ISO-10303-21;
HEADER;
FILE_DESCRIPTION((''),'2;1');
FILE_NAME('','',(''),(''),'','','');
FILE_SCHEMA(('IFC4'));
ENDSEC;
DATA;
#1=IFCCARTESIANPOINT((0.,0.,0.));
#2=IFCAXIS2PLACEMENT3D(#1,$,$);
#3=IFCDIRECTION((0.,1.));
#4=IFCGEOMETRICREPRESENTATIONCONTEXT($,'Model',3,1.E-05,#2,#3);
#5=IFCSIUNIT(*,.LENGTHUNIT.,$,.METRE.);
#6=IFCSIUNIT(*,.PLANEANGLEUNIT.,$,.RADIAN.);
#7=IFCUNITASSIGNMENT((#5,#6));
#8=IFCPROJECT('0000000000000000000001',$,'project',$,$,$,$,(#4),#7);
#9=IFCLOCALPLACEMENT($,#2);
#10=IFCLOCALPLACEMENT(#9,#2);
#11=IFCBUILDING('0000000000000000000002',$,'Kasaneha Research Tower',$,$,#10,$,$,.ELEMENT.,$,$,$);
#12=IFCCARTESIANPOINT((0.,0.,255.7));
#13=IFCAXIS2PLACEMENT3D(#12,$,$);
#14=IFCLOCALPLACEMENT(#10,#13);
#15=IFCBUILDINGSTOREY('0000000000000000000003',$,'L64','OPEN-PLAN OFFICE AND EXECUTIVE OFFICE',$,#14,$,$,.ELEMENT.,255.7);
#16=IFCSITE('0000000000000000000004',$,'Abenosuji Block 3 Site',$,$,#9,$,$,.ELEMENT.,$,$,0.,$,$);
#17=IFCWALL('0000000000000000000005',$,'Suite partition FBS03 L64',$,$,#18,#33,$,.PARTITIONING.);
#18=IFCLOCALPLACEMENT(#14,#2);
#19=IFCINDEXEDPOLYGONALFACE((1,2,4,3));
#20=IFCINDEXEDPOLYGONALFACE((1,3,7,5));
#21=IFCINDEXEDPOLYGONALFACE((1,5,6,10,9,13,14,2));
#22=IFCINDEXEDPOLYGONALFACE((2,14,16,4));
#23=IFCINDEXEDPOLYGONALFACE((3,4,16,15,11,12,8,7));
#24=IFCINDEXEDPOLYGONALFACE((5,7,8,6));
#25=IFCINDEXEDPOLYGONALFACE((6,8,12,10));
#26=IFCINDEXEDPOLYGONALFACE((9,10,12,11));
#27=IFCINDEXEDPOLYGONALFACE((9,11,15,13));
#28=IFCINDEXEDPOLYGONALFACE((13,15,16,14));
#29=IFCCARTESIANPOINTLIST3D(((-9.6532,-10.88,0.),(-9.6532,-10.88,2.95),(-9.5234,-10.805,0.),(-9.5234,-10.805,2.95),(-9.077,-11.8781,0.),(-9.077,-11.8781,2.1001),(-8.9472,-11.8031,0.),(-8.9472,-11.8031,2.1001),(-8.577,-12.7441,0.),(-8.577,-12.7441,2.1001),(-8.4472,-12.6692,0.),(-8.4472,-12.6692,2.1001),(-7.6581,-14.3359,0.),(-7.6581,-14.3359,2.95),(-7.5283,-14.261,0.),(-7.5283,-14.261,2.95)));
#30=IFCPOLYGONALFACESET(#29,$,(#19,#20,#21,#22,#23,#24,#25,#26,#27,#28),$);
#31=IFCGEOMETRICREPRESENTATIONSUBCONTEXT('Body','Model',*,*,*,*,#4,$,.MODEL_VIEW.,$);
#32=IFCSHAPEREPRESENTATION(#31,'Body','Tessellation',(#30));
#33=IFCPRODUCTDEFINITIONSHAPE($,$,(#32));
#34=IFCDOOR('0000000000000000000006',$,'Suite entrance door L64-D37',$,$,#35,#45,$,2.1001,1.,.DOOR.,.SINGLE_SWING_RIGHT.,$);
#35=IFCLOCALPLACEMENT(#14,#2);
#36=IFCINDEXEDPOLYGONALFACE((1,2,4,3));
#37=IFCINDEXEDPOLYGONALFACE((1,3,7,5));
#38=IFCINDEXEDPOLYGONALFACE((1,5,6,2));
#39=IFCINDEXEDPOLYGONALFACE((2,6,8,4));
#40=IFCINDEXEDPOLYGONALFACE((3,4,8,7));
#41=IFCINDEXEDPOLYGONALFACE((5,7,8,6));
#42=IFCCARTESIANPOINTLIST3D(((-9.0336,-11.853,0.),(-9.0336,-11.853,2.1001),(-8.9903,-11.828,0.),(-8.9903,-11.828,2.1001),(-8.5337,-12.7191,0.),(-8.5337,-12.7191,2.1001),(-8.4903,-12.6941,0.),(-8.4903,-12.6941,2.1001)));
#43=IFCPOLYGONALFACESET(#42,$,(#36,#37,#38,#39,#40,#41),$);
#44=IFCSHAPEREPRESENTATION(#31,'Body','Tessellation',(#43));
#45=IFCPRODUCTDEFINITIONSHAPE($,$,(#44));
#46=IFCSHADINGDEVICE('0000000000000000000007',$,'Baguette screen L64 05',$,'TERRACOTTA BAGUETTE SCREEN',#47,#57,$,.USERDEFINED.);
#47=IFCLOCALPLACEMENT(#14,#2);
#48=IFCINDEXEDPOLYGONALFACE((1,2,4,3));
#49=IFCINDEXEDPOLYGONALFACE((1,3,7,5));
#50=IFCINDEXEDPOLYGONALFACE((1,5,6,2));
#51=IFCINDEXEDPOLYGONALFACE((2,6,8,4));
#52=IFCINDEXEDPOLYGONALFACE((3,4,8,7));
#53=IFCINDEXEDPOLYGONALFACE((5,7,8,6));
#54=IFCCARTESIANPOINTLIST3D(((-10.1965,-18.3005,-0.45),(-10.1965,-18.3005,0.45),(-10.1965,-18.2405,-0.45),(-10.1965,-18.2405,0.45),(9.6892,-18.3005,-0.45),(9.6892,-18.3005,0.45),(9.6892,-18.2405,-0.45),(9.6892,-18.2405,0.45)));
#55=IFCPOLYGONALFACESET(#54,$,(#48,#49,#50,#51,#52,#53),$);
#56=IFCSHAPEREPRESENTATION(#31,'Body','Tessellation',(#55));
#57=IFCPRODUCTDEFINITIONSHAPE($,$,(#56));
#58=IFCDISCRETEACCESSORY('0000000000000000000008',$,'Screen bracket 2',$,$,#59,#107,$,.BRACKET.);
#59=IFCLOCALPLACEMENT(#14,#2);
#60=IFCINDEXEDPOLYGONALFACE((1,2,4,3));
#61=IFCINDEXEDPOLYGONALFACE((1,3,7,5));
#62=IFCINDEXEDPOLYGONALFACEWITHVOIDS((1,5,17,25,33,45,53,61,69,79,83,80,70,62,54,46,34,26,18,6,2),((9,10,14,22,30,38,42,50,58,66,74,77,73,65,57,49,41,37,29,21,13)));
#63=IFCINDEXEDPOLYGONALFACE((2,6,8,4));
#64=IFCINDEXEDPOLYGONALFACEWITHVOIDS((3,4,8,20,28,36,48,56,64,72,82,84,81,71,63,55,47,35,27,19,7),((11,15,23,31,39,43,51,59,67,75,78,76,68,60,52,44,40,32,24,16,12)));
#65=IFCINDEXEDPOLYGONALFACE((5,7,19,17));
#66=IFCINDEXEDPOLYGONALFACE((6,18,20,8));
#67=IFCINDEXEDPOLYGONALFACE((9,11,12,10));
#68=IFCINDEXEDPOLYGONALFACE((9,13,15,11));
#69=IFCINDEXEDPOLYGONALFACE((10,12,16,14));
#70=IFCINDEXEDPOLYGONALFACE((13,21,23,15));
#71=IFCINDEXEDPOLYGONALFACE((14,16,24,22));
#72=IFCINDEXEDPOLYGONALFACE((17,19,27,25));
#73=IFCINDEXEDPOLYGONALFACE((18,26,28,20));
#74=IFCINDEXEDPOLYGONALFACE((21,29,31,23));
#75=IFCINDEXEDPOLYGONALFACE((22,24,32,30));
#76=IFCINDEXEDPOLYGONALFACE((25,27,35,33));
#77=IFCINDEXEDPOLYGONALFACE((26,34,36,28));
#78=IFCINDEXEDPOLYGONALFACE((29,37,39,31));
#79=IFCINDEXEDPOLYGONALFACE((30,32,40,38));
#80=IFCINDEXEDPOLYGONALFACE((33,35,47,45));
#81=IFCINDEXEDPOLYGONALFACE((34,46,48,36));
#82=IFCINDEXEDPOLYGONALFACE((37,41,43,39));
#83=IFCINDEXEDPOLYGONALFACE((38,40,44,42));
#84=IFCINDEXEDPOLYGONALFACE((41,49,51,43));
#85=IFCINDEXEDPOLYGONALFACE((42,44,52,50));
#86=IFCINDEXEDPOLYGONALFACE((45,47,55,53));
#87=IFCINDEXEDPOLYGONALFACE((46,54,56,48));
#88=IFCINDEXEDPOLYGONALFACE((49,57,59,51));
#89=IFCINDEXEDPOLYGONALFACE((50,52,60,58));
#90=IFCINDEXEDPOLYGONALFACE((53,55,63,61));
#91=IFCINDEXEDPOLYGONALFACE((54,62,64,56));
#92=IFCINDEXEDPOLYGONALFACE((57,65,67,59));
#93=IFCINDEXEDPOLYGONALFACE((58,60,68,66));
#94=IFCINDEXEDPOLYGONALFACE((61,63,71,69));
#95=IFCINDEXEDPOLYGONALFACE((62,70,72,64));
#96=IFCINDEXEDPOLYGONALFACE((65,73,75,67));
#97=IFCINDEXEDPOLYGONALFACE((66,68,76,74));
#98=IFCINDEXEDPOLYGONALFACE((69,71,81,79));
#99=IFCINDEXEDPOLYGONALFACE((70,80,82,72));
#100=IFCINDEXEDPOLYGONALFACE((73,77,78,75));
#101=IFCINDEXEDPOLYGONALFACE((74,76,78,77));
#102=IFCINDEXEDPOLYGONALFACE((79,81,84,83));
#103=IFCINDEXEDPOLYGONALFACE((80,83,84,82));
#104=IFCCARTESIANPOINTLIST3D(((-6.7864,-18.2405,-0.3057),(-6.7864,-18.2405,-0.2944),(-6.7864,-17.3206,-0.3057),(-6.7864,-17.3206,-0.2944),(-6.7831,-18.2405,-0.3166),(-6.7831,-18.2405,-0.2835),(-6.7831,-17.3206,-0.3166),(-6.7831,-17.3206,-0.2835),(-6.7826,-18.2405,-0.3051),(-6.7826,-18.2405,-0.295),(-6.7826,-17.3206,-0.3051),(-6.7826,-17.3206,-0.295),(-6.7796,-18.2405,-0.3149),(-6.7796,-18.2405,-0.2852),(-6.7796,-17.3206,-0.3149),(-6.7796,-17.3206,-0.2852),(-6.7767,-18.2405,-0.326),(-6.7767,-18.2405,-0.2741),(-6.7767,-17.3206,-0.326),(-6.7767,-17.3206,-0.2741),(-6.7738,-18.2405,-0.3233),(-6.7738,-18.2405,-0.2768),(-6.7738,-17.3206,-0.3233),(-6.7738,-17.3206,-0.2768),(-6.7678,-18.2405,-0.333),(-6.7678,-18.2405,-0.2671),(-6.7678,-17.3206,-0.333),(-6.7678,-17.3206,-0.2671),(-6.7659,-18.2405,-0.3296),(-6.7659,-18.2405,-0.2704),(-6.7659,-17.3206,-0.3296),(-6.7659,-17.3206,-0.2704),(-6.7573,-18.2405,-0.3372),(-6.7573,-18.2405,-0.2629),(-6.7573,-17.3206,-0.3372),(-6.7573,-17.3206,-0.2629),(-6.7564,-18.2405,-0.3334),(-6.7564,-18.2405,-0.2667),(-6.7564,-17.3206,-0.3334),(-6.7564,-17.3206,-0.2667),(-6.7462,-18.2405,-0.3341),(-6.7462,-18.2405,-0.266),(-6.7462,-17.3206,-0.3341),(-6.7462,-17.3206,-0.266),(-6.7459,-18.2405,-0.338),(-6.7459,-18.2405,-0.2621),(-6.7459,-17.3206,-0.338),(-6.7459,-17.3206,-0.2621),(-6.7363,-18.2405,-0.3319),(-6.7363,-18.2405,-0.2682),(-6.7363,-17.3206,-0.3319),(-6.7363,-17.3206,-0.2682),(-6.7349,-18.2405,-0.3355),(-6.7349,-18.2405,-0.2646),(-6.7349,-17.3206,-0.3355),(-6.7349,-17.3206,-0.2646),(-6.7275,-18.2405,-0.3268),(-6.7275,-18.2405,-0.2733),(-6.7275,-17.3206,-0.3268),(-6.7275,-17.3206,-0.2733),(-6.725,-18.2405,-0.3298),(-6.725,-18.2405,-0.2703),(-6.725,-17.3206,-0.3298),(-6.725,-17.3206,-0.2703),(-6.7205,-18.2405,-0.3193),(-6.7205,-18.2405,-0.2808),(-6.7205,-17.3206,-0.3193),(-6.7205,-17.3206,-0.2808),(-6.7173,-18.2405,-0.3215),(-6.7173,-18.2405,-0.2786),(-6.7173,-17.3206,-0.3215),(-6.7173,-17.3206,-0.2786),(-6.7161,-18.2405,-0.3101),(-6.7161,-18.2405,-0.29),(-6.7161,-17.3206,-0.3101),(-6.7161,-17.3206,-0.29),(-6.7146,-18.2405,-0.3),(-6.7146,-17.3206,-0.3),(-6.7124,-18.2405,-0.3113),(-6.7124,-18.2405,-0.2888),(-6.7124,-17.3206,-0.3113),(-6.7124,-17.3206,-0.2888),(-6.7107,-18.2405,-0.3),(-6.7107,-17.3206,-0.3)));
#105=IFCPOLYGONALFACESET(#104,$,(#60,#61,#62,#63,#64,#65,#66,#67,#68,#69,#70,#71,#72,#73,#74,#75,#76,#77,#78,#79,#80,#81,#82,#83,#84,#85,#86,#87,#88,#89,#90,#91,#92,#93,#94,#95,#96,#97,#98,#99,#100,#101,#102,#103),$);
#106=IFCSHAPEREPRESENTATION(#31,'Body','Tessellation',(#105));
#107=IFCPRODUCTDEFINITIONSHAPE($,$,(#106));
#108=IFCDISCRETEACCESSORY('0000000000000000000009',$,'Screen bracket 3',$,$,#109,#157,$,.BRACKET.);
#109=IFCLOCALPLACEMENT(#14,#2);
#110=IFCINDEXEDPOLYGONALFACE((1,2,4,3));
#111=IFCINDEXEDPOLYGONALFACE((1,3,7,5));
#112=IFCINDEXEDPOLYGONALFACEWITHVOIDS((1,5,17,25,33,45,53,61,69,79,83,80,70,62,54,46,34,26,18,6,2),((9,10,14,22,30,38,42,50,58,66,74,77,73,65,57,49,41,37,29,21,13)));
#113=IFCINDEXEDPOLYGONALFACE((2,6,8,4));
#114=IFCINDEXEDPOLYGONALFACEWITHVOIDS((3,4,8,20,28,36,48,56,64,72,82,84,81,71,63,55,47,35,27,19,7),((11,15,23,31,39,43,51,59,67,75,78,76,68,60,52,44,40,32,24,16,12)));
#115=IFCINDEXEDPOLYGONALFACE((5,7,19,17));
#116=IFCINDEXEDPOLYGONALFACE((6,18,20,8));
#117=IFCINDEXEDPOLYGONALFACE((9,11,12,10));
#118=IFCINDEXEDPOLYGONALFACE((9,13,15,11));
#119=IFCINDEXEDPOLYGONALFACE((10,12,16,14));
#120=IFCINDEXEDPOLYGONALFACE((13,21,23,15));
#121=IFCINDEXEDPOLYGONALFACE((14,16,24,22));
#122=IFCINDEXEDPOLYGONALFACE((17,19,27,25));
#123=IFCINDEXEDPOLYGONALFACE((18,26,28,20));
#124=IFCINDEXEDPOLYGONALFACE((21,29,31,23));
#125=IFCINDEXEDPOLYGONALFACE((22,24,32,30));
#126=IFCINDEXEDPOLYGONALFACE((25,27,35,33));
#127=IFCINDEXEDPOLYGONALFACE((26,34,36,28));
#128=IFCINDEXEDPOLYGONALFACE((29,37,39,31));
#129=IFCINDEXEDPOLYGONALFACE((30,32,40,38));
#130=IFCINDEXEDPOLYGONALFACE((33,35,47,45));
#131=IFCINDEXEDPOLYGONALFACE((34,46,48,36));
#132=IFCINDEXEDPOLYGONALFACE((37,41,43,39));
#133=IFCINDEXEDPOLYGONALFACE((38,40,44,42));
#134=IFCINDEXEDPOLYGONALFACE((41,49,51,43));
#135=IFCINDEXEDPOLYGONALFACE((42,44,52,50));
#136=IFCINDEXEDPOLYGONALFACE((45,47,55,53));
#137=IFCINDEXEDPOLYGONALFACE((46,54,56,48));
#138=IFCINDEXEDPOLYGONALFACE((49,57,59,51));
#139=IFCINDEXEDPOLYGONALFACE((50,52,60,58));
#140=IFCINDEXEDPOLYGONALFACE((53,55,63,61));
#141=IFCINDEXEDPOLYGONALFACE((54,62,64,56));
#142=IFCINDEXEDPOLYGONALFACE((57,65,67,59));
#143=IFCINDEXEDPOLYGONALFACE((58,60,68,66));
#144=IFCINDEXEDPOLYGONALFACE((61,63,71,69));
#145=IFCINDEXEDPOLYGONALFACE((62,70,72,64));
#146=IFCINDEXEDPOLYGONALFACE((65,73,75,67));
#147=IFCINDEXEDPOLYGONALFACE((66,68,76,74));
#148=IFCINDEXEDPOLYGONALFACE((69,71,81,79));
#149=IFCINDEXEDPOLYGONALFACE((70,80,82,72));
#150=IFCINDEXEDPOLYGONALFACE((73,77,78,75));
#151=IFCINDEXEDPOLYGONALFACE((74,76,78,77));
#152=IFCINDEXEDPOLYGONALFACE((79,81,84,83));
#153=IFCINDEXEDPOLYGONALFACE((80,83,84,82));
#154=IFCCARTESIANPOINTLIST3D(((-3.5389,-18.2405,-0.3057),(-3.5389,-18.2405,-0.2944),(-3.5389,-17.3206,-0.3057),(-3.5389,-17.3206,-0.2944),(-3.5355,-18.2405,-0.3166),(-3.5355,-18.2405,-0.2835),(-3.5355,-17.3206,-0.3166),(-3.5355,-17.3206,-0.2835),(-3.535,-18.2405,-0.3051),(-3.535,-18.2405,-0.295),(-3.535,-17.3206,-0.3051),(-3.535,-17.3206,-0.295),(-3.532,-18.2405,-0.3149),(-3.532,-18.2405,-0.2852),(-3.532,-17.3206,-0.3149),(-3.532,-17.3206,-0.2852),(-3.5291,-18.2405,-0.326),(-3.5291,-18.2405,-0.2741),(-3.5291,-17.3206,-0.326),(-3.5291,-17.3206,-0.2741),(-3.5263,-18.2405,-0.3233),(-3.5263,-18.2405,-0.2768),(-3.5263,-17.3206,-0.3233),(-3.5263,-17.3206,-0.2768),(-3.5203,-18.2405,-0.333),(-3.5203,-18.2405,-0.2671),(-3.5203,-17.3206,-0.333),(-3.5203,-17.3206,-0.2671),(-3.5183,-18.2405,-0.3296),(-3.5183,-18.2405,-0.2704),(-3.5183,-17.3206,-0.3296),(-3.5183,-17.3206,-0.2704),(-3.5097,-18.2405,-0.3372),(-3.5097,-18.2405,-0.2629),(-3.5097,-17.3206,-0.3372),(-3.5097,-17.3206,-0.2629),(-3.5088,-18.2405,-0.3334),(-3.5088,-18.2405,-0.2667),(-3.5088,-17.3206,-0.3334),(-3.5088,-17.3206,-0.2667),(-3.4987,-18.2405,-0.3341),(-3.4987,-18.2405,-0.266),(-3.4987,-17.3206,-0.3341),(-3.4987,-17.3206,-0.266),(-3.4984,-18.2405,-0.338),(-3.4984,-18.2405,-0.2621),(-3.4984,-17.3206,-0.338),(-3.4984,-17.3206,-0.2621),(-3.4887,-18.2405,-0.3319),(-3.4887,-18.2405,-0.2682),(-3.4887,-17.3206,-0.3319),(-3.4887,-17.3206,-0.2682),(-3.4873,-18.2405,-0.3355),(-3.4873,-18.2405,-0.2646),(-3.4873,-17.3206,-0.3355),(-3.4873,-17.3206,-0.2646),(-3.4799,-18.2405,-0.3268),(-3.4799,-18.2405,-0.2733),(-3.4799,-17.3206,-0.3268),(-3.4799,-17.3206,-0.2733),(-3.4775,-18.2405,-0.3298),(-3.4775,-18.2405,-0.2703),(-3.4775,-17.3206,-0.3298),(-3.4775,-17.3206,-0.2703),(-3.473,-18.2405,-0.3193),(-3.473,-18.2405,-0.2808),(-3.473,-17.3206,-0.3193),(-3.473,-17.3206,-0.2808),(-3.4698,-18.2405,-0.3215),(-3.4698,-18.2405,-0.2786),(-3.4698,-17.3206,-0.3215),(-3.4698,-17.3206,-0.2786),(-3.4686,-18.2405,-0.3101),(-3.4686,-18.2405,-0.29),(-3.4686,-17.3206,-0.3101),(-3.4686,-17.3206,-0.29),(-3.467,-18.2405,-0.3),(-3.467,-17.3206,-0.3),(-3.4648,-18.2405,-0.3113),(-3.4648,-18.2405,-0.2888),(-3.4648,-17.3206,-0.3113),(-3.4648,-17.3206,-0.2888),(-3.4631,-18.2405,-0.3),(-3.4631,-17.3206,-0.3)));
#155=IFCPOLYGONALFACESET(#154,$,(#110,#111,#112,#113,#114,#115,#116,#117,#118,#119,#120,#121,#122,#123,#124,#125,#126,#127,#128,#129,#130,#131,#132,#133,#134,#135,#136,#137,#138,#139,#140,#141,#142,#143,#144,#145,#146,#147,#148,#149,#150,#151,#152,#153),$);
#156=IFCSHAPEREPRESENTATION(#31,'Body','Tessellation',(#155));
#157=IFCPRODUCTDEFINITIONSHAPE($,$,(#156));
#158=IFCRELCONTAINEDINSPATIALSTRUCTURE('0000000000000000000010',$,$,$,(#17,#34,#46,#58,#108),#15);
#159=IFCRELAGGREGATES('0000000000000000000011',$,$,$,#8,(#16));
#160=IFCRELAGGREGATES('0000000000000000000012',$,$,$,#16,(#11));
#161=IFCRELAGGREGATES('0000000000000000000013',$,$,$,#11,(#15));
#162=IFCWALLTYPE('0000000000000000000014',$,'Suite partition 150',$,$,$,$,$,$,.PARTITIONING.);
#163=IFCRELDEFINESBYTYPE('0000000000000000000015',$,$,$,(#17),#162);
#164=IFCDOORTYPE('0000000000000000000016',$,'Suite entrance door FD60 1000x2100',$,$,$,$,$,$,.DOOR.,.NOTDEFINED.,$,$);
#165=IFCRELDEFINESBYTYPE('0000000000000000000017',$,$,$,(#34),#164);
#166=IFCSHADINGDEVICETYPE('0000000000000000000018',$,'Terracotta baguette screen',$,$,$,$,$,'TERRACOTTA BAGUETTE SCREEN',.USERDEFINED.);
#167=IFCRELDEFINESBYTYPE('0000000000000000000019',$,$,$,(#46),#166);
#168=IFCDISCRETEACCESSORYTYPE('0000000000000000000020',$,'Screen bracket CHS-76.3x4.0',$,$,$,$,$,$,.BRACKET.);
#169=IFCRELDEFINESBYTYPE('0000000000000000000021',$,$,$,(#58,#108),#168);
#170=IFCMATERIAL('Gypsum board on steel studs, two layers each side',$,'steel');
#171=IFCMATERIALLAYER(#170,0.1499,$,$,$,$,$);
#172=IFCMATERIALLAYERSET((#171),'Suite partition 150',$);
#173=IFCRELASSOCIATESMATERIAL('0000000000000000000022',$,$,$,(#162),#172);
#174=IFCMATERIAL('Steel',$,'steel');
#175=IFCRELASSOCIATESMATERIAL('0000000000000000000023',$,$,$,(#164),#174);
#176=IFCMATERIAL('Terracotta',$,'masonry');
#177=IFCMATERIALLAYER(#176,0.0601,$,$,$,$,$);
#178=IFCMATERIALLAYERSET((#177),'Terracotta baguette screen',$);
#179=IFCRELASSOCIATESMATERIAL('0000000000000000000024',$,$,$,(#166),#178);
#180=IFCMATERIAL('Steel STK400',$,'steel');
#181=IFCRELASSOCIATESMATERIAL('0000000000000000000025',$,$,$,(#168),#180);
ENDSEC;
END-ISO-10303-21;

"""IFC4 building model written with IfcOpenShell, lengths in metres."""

from ifc_helpers import new_model, si_unit, direction, frame, frame_2d, origin, origin_2d, place, context, subcontext, project, spatial, rectangle, hollow_circle, extrude, material, layer, layer_set, material_profile, profile_set, type_object, element, fill, save


model = new_model("IFC4")

# Units and contexts
model_context = context("Model", 3, precision=1e-05, world=origin(), true_north=direction((0.0, 1.0)))
body_context = subcontext(model_context, "Body", "Model", "MODEL_VIEW")
ifc_project = project(units=[si_unit("LENGTHUNIT", "METRE"), si_unit("PLANEANGLEUNIT", "RADIAN")], contexts=[model_context])

# Site, building, storey
site_placement = place(None, origin())
site = spatial("IfcSite", under=ifc_project, at=site_placement, Name="Abenosuji Block 3 Site", CompositionType="ELEMENT", RefElevation=0.0)
building_placement = place(site_placement, origin())
building = spatial("IfcBuilding", under=site, at=building_placement, Name="Kasaneha Research Tower", CompositionType="ELEMENT")
storey_placement = place(building_placement, frame((0.0, 0.0, 255.7)))
storey = spatial("IfcBuildingStorey", under=building, at=storey_placement, Name="L64", Description="OPEN-PLAN OFFICE AND EXECUTIVE OFFICE", CompositionType="ELEMENT", Elevation=255.7)

# Wall, opening, door
ifc_material_1 = material(Name="Gypsum board on steel studs, two layers each side", Category="steel")
ifc_layer_1 = layer(ifc_material_1, 0.1499)
ifc_layer_set_1 = layer_set([ifc_layer_1], Name="Suite partition 150")
wall_type_1 = type_object("IfcWallType", Name="Suite partition 150", PredefinedType="PARTITIONING", material=ifc_layer_set_1)
wall_1_placement = place(storey_placement, frame((-7.5933, -14.2983, 0.0), z_axis=(0.0, 0.0, 1.0), x_axis=(-0.499955, 0.866051, 0.0)))
wall_1 = element("IfcWall", 1, at=wall_1_placement, inside=storey, type_object=wall_type_1, Name="Suite partition FBS03 L64", PredefinedType="PARTITIONING", context=body_context, shape_type="SweptSolid", body=[
    extrude(rectangle(XDim=3.9905, YDim=0.1499, at=frame_2d((1.9951, 0.0))), origin(), (0.0, 0.0, 1.0), 2.95),
])
opening_1_placement = place(wall_1_placement, frame((1.8379, 0.0, 0.0)))
opening_1 = element("IfcOpeningElement", 2, at=opening_1_placement, cuts=wall_1, PredefinedType="OPENING", context=body_context, shape_type="SweptSolid", body=[
    extrude(rectangle(XDim=1.0, YDim=2.1001, at=frame_2d((0.5, 1.05))), frame((0.0, 0.085, 0.0), z_axis=(0.0, -1.0, 0.0), x_axis=(1.0, 0.0, 0.0)), (0.0, 0.0, 1.0), 0.1699),
])
ifc_material_2 = material(Name="Steel", Category="steel")
door_type_1 = type_object("IfcDoorType", Name="Suite entrance door FD60 1000x2100", OperationType="NOTDEFINED", PredefinedType="DOOR", material=ifc_material_2)
door_1_placement = place(opening_1_placement, origin())
door_1 = element("IfcDoor", 3, at=door_1_placement, inside=storey, type_object=door_type_1, Name="Suite entrance door L64-D37", OperationType="SINGLE_SWING_RIGHT", OverallHeight=2.1001, OverallWidth=1.0, PredefinedType="DOOR", context=body_context, shape_type="SweptSolid", body=[
    extrude(rectangle(XDim=1.0, YDim=2.1001, at=frame_2d((0.5, 1.05))), frame((0.0, 0.0249, 0.0), z_axis=(0.0, -1.0, 0.0), x_axis=(1.0, 0.0, 0.0)), (0.0, 0.0, 1.0), 0.05),
])
fill(opening_1, door_1)

# Shading device
ifc_material_3 = material(Name="Terracotta", Category="masonry")
ifc_layer_2 = layer(ifc_material_3, 0.0601)
ifc_layer_set_2 = layer_set([ifc_layer_2], Name="Terracotta baguette screen")
shading_device_type = type_object("IfcShadingDeviceType", Name="Terracotta baguette screen", ElementType="TERRACOTTA BAGUETTE SCREEN", PredefinedType="USERDEFINED", material=ifc_layer_set_2)
shading_device_placement = place(storey_placement, frame((-0.2537, -18.2705, -0.45), z_axis=(0.0, 0.0, 1.0), x_axis=(1.0, 0.0, 0.0)))
element("IfcShadingDevice", 4, at=shading_device_placement, inside=storey, type_object=shading_device_type, Name="Baguette screen L64 05", ObjectType="TERRACOTTA BAGUETTE SCREEN", PredefinedType="USERDEFINED", context=body_context, shape_type="SweptSolid", body=[
    extrude(rectangle(XDim=19.8857, YDim=0.0601, at=origin_2d()), origin(), (0.0, 0.0, 1.0), 0.8999),
])

# Discrete accessories
ifc_material_4 = material(Name="Steel STK400", Category="steel")
ifc_material_profile_1 = material_profile(ifc_material_4, hollow_circle(Radius=0.0381, WallThickness=0.0039, at=origin_2d()), Name="CHS-76.3x4.0")
ifc_profile_set_1 = profile_set([ifc_material_profile_1], Name="Steel STK400")
discrete_accessory_type = type_object("IfcDiscreteAccessoryType", Name="Screen bracket CHS-76.3x4.0", PredefinedType="BRACKET", material=ifc_profile_set_1)
for number, where, z_axis, x_axis, name in (
    (5, (-6.7488, -17.3206, -0.3), (0.0, -1.0, 0.0), (1.0, 0.0, 0.0), "Screen bracket 2"),
    (6, (-3.5012, -17.3206, -0.3), (0.0, -1.0, 0.0), (1.0, 0.0, 0.0), "Screen bracket 3"),
):
    element("IfcDiscreteAccessory", number, at=place(storey_placement, frame(where, z_axis=z_axis, x_axis=x_axis)), inside=storey, type_object=discrete_accessory_type, Name=name, PredefinedType="BRACKET", context=body_context, shape_type="SweptSolid", body=[
        extrude(hollow_circle(Radius=0.0381, WallThickness=0.0039, at=origin_2d()), origin(), (0.0, 0.0, 1.0), 0.9199),
    ])

save(model, "model.ifc")
